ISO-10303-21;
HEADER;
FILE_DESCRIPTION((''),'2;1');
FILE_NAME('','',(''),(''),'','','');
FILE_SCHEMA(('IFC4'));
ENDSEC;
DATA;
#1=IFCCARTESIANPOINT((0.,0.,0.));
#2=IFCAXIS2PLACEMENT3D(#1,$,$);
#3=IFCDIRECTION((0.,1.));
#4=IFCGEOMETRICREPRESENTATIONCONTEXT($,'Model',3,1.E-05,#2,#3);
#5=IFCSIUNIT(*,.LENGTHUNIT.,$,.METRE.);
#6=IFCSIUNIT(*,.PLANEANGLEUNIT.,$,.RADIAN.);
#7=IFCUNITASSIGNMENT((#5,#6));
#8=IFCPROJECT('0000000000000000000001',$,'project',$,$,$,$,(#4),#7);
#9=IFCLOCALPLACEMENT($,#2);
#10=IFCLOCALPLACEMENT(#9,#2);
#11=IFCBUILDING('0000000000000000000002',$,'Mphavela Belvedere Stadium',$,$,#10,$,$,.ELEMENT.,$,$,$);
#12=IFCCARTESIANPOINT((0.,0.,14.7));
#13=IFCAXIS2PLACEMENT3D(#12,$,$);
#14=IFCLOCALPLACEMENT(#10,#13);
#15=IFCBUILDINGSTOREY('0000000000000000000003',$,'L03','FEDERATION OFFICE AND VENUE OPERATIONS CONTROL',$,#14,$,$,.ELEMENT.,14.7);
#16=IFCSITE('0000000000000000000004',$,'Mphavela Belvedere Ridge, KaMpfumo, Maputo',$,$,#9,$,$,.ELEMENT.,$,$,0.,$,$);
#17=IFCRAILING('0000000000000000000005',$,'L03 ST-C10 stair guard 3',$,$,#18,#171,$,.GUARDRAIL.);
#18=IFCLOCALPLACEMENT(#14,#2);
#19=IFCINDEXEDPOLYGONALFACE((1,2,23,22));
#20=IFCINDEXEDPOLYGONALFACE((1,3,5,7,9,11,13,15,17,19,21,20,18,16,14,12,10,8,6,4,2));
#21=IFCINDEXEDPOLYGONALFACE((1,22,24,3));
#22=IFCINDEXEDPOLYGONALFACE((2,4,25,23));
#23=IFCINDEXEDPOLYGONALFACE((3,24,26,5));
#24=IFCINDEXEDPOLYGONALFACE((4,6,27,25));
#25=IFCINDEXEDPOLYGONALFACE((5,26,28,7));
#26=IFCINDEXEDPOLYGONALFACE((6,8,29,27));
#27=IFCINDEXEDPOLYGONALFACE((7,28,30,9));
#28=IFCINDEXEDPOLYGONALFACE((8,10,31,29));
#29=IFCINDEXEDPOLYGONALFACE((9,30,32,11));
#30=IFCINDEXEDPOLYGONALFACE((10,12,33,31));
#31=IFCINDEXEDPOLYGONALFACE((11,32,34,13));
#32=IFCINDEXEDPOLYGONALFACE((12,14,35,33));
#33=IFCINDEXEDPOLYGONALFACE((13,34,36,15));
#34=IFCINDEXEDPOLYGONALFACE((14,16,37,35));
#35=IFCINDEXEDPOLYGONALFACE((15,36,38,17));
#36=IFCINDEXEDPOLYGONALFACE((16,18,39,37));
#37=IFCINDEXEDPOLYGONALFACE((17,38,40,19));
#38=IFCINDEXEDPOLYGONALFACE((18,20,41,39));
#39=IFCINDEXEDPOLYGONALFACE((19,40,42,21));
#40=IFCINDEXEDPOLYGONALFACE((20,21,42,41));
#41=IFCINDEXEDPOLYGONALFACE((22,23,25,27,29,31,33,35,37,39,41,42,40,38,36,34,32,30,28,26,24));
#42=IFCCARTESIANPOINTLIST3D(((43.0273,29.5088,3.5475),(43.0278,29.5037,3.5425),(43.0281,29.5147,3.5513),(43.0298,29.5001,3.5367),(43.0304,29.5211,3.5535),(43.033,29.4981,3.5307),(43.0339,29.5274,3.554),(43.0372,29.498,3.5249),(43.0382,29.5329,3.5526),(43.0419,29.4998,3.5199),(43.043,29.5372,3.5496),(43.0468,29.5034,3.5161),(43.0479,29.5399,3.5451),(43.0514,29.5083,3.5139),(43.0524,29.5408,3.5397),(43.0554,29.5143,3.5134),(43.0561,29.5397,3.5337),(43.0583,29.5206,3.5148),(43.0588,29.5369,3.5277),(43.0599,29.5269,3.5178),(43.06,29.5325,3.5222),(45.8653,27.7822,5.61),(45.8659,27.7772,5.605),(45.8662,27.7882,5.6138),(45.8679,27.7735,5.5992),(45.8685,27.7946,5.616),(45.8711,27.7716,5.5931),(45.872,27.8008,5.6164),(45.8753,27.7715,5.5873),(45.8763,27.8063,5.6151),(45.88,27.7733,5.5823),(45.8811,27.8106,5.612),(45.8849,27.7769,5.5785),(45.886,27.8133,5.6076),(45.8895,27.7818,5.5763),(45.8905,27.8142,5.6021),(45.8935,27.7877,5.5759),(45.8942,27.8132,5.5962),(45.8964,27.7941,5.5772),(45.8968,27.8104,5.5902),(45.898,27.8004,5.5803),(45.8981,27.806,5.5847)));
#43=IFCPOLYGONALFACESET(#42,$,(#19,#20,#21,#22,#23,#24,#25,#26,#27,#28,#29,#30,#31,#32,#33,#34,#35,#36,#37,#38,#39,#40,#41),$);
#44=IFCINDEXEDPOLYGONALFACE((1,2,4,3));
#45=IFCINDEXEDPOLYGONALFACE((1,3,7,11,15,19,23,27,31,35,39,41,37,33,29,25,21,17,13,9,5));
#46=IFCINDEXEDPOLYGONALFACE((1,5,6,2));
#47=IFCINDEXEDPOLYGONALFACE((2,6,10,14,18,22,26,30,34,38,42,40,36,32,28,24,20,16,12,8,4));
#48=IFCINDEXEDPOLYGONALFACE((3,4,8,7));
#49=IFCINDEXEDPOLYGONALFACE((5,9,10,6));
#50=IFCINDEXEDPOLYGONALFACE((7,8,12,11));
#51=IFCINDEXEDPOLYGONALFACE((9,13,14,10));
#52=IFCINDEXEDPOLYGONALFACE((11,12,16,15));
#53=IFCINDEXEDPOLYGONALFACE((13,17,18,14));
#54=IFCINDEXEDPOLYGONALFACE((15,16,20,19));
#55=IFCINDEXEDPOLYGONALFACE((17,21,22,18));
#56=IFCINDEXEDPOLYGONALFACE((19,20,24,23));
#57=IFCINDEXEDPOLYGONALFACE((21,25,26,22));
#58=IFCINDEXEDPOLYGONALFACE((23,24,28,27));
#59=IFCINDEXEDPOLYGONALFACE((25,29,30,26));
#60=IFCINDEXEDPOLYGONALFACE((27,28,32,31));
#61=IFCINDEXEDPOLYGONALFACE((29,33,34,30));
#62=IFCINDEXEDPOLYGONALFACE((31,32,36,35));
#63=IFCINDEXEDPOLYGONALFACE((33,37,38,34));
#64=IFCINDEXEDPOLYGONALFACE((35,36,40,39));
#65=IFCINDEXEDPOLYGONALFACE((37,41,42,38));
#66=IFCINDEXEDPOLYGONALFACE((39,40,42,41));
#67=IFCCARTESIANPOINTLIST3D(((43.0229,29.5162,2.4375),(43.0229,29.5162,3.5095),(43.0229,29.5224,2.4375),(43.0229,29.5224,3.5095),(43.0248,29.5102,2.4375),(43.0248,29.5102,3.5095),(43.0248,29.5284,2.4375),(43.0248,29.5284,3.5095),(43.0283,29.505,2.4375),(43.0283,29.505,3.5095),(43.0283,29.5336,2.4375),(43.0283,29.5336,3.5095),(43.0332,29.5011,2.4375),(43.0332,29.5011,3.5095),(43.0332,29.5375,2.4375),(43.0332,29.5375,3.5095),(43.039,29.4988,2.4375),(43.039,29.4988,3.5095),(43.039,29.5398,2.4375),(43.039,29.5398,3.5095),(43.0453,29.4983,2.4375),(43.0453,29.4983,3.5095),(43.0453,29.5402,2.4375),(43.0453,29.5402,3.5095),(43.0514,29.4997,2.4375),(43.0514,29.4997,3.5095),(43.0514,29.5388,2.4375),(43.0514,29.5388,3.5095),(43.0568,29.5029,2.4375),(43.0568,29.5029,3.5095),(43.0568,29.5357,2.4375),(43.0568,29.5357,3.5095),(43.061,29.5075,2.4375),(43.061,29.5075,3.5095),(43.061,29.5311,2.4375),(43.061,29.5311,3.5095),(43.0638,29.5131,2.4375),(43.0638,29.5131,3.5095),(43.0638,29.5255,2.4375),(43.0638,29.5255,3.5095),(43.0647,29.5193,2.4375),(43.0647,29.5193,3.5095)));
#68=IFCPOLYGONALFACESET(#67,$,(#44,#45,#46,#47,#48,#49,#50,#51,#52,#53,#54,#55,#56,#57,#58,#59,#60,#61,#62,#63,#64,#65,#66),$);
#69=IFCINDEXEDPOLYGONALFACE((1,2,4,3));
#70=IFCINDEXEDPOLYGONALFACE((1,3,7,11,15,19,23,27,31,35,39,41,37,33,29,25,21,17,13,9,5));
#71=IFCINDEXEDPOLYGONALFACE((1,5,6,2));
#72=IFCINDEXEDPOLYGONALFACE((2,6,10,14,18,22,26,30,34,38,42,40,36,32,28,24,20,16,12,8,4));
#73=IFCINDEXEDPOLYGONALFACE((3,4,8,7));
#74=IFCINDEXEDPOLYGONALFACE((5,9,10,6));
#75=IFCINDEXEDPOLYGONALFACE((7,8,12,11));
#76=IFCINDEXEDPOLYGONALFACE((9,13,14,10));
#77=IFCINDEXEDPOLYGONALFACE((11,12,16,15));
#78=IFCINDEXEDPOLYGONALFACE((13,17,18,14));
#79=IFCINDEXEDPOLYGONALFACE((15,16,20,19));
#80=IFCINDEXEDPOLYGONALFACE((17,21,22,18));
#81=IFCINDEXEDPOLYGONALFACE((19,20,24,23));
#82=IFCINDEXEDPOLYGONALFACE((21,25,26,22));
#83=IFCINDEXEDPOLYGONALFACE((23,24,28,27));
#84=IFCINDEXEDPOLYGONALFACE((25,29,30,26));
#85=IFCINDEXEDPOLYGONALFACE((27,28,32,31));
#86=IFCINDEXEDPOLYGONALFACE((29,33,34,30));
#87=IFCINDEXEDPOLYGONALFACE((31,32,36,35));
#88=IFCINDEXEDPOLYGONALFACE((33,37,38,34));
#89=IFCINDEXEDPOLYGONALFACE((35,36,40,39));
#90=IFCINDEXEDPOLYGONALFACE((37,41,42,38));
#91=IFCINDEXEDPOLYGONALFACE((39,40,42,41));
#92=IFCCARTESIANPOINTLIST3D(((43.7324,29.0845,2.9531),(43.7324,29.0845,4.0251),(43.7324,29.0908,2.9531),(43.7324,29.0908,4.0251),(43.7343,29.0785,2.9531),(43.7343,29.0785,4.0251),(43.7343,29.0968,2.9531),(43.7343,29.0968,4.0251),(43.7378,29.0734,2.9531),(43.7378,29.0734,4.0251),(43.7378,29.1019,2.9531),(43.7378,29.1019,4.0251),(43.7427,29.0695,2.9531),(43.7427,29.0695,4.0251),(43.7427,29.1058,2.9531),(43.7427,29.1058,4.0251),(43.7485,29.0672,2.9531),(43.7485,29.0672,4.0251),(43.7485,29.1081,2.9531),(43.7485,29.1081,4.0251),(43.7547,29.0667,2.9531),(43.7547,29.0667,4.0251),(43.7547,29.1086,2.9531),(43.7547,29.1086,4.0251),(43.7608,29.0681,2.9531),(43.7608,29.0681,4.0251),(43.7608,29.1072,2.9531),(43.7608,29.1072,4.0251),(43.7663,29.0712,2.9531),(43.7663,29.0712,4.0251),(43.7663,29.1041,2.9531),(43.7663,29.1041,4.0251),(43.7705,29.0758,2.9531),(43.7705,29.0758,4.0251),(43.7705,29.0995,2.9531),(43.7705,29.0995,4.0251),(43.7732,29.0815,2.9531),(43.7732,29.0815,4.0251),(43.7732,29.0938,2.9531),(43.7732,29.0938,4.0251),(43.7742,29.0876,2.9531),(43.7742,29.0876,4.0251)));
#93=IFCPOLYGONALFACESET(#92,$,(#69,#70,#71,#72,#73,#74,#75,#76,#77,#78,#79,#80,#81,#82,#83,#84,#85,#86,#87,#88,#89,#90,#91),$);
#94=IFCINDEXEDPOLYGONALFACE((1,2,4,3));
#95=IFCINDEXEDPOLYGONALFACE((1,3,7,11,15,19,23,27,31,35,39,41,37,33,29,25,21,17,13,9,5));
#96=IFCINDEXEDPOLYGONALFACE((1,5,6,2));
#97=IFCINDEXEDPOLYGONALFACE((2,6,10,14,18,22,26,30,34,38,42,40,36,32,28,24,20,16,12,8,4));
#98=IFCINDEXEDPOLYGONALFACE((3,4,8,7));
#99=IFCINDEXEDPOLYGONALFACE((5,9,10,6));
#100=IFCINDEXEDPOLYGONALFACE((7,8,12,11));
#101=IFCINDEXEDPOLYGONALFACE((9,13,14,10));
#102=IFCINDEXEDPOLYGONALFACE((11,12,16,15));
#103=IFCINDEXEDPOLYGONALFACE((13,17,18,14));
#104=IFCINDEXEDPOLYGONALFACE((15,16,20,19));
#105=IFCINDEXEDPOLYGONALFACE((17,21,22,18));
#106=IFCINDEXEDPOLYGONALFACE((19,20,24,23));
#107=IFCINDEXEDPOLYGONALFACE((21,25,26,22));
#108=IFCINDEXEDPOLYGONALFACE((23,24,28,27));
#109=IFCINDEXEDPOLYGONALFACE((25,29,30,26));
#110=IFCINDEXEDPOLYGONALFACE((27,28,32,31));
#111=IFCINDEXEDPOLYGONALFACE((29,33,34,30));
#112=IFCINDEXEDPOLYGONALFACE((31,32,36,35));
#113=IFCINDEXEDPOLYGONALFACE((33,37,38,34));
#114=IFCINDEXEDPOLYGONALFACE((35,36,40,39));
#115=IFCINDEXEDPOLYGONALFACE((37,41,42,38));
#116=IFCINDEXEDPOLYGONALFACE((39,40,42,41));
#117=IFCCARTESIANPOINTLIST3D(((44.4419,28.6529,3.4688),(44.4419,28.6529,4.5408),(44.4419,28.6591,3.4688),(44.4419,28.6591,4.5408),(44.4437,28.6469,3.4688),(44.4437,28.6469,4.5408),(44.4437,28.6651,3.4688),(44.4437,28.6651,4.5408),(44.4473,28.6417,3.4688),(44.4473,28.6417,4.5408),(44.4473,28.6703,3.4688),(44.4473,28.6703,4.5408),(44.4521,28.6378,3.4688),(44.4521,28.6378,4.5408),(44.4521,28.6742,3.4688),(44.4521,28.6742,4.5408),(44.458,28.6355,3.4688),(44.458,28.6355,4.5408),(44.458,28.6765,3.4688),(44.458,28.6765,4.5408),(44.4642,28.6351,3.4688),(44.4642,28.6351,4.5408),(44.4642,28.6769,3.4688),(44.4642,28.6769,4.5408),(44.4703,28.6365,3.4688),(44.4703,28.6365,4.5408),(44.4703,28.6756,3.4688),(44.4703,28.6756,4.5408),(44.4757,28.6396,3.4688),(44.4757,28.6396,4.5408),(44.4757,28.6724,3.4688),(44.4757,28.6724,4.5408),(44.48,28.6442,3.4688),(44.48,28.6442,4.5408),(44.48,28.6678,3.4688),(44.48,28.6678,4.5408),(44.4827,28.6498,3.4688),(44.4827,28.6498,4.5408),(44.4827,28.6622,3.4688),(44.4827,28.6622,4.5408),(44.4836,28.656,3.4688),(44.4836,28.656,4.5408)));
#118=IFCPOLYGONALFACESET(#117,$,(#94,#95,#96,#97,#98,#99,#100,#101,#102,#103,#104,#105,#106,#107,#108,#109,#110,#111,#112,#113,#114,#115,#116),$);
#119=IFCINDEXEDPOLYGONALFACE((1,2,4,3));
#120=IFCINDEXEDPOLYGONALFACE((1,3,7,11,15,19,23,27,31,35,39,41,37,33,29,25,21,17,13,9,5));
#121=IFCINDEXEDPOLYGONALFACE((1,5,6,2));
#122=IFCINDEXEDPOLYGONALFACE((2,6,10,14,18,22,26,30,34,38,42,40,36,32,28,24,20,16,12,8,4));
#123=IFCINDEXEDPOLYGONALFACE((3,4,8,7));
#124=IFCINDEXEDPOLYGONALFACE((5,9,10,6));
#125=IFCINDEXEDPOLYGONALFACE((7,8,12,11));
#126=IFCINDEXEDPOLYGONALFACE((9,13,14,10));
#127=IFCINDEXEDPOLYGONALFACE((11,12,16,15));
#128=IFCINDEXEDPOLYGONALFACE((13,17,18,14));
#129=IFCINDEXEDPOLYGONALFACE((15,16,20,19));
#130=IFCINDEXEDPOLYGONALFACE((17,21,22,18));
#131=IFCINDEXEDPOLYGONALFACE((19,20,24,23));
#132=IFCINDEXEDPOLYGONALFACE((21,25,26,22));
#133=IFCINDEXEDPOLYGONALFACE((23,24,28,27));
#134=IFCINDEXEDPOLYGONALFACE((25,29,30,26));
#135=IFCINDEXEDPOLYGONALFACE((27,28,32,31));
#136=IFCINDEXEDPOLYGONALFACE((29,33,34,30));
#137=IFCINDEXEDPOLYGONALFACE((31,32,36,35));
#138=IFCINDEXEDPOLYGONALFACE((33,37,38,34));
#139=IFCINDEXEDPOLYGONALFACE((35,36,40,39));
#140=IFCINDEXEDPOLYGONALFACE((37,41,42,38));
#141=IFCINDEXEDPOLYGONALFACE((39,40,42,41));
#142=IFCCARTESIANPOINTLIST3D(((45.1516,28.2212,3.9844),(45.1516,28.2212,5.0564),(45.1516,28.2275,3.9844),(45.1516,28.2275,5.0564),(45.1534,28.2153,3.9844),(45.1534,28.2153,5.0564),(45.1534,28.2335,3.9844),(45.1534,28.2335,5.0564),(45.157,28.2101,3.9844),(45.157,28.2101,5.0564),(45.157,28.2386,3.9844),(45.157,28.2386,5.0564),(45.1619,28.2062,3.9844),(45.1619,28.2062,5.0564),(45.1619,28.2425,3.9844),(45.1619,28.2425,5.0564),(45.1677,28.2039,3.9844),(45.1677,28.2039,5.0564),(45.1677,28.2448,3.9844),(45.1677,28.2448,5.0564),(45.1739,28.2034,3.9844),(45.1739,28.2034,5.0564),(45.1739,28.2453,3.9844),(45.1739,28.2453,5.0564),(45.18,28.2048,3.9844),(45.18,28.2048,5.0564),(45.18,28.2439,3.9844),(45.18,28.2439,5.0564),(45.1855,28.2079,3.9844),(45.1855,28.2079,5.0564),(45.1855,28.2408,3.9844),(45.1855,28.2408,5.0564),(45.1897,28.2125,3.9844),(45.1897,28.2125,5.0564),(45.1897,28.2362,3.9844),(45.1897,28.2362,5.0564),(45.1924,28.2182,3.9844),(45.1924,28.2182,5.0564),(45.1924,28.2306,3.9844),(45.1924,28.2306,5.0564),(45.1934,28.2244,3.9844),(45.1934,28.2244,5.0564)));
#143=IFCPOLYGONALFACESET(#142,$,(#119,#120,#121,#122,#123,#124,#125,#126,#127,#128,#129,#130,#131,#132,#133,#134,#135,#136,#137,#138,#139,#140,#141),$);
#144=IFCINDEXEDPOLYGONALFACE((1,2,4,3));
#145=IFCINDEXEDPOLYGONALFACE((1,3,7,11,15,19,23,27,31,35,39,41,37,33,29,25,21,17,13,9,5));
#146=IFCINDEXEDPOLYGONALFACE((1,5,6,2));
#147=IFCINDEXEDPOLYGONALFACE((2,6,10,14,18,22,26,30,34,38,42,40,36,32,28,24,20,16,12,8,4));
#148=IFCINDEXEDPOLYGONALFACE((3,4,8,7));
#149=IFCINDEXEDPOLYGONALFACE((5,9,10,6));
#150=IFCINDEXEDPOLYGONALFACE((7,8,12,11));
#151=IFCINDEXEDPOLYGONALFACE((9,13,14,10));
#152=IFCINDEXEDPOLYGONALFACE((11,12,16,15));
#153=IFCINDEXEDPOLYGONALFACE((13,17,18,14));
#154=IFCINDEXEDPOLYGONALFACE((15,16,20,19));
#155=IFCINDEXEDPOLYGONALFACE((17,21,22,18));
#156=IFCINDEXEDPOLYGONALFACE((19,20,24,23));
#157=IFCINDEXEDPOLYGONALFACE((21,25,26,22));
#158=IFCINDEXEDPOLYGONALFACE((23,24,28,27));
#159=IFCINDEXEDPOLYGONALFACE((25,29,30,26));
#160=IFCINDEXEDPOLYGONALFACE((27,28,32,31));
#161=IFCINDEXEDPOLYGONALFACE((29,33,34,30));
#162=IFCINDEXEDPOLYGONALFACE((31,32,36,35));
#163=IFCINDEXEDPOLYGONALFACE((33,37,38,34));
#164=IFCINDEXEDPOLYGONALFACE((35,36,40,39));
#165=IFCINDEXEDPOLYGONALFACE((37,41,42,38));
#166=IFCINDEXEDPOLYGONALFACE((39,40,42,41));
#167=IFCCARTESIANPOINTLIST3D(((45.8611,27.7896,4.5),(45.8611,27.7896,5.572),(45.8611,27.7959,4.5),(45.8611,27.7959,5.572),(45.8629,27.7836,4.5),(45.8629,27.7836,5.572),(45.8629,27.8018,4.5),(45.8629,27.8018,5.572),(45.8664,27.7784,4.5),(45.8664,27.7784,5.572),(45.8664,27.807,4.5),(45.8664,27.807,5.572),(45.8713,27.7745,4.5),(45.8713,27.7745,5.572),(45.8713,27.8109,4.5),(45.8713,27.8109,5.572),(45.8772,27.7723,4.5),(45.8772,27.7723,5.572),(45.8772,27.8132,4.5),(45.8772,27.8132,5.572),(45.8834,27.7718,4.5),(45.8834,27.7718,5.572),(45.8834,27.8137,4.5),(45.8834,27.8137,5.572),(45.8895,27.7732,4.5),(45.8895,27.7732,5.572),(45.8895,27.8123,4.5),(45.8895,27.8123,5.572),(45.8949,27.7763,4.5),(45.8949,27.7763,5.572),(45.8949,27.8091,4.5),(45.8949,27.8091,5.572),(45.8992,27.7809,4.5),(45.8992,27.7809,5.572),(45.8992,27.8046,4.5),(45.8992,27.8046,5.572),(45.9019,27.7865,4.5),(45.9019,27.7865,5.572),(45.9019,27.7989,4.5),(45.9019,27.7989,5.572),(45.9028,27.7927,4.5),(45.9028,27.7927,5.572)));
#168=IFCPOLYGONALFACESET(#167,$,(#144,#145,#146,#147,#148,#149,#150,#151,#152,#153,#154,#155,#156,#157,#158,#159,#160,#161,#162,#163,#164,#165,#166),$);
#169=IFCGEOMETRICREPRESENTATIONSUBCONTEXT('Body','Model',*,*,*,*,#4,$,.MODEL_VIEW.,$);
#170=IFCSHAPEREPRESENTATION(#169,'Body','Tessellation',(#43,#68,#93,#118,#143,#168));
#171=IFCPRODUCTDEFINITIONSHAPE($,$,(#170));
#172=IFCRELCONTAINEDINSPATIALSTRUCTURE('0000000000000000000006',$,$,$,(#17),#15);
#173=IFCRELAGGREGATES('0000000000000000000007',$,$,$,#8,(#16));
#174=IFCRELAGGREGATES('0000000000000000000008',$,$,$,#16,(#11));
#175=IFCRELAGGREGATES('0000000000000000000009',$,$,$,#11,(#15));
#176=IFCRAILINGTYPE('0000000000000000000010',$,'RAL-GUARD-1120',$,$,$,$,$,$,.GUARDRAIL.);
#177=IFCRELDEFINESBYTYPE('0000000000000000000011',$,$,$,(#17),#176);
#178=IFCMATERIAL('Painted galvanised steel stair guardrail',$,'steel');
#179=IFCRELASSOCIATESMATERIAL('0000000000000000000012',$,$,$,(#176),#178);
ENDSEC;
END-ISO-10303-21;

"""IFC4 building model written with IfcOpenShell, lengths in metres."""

from ifc_helpers import new_model, si_unit, direction, frame, origin, origin_2d, place, context, subcontext, project, spatial, circle, extrude, material, type_object, element, save


model = new_model("IFC4")

# Units and contexts
model_context = context("Model", 3, precision=1e-05, world=origin(), true_north=direction((0.0, 1.0)))
body_context = subcontext(model_context, "Body", "Model", "MODEL_VIEW")
ifc_project = project(units=[si_unit("LENGTHUNIT", "METRE"), si_unit("PLANEANGLEUNIT", "RADIAN")], contexts=[model_context])

# Site, building, storey
site_placement = place(None, origin())
site = spatial("IfcSite", under=ifc_project, at=site_placement, Name="Mphavela Belvedere Ridge, KaMpfumo, Maputo", CompositionType="ELEMENT", RefElevation=0.0)
building_placement = place(site_placement, origin())
building = spatial("IfcBuilding", under=site, at=building_placement, Name="Mphavela Belvedere Stadium", CompositionType="ELEMENT")
storey_placement = place(building_placement, frame((0.0, 0.0, 14.7)))
storey = spatial("IfcBuildingStorey", under=building, at=storey_placement, Name="L03", Description="FEDERATION OFFICE AND VENUE OPERATIONS CONTROL", CompositionType="ELEMENT", Elevation=14.7)

# Railing
ifc_material_1 = material(Name="Painted galvanised steel stair guardrail", Category="steel")
railing_type_1 = type_object("IfcRailingType", Name="RAL-GUARD-1120", PredefinedType="GUARDRAIL", material=ifc_material_1)
railing_1_placement = place(storey_placement, frame((43.0437, 29.5193, 2.4375)))
element("IfcRailing", 1, at=railing_1_placement, inside=storey, type_object=railing_type_1, Name="L03 ST-C10 stair guard 3", PredefinedType="GUARDRAIL", context=body_context, shape_type="SweptSolid", body=[
    extrude(circle(Radius=0.0239, at=origin_2d()), frame((0.0, 0.0, 1.0962), z_axis=(0.725822, -0.44155, 0.527462), x_axis=(0.519728, 0.854332, 0.0)), (0.0, 0.0, 1.0), 3.9102),
    extrude(circle(Radius=0.021, at=origin_2d()), origin(), (0.0, 0.0, 1.0), 1.072),
    extrude(circle(Radius=0.021, at=origin_2d()), frame((0.7095, -0.4316, 0.5156)), (0.0, 0.0, 1.0), 1.072),
    extrude(circle(Radius=0.021, at=origin_2d()), frame((1.4189, -0.8633, 1.0312)), (0.0, 0.0, 1.0), 1.072),
    extrude(circle(Radius=0.021, at=origin_2d()), frame((2.1287, -1.2949, 1.5469)), (0.0, 0.0, 1.0), 1.072),
    extrude(circle(Radius=0.021, at=origin_2d()), frame((2.8381, -1.7266, 2.0625)), (0.0, 0.0, 1.0), 1.072),
])

save(model, "model.ifc")
